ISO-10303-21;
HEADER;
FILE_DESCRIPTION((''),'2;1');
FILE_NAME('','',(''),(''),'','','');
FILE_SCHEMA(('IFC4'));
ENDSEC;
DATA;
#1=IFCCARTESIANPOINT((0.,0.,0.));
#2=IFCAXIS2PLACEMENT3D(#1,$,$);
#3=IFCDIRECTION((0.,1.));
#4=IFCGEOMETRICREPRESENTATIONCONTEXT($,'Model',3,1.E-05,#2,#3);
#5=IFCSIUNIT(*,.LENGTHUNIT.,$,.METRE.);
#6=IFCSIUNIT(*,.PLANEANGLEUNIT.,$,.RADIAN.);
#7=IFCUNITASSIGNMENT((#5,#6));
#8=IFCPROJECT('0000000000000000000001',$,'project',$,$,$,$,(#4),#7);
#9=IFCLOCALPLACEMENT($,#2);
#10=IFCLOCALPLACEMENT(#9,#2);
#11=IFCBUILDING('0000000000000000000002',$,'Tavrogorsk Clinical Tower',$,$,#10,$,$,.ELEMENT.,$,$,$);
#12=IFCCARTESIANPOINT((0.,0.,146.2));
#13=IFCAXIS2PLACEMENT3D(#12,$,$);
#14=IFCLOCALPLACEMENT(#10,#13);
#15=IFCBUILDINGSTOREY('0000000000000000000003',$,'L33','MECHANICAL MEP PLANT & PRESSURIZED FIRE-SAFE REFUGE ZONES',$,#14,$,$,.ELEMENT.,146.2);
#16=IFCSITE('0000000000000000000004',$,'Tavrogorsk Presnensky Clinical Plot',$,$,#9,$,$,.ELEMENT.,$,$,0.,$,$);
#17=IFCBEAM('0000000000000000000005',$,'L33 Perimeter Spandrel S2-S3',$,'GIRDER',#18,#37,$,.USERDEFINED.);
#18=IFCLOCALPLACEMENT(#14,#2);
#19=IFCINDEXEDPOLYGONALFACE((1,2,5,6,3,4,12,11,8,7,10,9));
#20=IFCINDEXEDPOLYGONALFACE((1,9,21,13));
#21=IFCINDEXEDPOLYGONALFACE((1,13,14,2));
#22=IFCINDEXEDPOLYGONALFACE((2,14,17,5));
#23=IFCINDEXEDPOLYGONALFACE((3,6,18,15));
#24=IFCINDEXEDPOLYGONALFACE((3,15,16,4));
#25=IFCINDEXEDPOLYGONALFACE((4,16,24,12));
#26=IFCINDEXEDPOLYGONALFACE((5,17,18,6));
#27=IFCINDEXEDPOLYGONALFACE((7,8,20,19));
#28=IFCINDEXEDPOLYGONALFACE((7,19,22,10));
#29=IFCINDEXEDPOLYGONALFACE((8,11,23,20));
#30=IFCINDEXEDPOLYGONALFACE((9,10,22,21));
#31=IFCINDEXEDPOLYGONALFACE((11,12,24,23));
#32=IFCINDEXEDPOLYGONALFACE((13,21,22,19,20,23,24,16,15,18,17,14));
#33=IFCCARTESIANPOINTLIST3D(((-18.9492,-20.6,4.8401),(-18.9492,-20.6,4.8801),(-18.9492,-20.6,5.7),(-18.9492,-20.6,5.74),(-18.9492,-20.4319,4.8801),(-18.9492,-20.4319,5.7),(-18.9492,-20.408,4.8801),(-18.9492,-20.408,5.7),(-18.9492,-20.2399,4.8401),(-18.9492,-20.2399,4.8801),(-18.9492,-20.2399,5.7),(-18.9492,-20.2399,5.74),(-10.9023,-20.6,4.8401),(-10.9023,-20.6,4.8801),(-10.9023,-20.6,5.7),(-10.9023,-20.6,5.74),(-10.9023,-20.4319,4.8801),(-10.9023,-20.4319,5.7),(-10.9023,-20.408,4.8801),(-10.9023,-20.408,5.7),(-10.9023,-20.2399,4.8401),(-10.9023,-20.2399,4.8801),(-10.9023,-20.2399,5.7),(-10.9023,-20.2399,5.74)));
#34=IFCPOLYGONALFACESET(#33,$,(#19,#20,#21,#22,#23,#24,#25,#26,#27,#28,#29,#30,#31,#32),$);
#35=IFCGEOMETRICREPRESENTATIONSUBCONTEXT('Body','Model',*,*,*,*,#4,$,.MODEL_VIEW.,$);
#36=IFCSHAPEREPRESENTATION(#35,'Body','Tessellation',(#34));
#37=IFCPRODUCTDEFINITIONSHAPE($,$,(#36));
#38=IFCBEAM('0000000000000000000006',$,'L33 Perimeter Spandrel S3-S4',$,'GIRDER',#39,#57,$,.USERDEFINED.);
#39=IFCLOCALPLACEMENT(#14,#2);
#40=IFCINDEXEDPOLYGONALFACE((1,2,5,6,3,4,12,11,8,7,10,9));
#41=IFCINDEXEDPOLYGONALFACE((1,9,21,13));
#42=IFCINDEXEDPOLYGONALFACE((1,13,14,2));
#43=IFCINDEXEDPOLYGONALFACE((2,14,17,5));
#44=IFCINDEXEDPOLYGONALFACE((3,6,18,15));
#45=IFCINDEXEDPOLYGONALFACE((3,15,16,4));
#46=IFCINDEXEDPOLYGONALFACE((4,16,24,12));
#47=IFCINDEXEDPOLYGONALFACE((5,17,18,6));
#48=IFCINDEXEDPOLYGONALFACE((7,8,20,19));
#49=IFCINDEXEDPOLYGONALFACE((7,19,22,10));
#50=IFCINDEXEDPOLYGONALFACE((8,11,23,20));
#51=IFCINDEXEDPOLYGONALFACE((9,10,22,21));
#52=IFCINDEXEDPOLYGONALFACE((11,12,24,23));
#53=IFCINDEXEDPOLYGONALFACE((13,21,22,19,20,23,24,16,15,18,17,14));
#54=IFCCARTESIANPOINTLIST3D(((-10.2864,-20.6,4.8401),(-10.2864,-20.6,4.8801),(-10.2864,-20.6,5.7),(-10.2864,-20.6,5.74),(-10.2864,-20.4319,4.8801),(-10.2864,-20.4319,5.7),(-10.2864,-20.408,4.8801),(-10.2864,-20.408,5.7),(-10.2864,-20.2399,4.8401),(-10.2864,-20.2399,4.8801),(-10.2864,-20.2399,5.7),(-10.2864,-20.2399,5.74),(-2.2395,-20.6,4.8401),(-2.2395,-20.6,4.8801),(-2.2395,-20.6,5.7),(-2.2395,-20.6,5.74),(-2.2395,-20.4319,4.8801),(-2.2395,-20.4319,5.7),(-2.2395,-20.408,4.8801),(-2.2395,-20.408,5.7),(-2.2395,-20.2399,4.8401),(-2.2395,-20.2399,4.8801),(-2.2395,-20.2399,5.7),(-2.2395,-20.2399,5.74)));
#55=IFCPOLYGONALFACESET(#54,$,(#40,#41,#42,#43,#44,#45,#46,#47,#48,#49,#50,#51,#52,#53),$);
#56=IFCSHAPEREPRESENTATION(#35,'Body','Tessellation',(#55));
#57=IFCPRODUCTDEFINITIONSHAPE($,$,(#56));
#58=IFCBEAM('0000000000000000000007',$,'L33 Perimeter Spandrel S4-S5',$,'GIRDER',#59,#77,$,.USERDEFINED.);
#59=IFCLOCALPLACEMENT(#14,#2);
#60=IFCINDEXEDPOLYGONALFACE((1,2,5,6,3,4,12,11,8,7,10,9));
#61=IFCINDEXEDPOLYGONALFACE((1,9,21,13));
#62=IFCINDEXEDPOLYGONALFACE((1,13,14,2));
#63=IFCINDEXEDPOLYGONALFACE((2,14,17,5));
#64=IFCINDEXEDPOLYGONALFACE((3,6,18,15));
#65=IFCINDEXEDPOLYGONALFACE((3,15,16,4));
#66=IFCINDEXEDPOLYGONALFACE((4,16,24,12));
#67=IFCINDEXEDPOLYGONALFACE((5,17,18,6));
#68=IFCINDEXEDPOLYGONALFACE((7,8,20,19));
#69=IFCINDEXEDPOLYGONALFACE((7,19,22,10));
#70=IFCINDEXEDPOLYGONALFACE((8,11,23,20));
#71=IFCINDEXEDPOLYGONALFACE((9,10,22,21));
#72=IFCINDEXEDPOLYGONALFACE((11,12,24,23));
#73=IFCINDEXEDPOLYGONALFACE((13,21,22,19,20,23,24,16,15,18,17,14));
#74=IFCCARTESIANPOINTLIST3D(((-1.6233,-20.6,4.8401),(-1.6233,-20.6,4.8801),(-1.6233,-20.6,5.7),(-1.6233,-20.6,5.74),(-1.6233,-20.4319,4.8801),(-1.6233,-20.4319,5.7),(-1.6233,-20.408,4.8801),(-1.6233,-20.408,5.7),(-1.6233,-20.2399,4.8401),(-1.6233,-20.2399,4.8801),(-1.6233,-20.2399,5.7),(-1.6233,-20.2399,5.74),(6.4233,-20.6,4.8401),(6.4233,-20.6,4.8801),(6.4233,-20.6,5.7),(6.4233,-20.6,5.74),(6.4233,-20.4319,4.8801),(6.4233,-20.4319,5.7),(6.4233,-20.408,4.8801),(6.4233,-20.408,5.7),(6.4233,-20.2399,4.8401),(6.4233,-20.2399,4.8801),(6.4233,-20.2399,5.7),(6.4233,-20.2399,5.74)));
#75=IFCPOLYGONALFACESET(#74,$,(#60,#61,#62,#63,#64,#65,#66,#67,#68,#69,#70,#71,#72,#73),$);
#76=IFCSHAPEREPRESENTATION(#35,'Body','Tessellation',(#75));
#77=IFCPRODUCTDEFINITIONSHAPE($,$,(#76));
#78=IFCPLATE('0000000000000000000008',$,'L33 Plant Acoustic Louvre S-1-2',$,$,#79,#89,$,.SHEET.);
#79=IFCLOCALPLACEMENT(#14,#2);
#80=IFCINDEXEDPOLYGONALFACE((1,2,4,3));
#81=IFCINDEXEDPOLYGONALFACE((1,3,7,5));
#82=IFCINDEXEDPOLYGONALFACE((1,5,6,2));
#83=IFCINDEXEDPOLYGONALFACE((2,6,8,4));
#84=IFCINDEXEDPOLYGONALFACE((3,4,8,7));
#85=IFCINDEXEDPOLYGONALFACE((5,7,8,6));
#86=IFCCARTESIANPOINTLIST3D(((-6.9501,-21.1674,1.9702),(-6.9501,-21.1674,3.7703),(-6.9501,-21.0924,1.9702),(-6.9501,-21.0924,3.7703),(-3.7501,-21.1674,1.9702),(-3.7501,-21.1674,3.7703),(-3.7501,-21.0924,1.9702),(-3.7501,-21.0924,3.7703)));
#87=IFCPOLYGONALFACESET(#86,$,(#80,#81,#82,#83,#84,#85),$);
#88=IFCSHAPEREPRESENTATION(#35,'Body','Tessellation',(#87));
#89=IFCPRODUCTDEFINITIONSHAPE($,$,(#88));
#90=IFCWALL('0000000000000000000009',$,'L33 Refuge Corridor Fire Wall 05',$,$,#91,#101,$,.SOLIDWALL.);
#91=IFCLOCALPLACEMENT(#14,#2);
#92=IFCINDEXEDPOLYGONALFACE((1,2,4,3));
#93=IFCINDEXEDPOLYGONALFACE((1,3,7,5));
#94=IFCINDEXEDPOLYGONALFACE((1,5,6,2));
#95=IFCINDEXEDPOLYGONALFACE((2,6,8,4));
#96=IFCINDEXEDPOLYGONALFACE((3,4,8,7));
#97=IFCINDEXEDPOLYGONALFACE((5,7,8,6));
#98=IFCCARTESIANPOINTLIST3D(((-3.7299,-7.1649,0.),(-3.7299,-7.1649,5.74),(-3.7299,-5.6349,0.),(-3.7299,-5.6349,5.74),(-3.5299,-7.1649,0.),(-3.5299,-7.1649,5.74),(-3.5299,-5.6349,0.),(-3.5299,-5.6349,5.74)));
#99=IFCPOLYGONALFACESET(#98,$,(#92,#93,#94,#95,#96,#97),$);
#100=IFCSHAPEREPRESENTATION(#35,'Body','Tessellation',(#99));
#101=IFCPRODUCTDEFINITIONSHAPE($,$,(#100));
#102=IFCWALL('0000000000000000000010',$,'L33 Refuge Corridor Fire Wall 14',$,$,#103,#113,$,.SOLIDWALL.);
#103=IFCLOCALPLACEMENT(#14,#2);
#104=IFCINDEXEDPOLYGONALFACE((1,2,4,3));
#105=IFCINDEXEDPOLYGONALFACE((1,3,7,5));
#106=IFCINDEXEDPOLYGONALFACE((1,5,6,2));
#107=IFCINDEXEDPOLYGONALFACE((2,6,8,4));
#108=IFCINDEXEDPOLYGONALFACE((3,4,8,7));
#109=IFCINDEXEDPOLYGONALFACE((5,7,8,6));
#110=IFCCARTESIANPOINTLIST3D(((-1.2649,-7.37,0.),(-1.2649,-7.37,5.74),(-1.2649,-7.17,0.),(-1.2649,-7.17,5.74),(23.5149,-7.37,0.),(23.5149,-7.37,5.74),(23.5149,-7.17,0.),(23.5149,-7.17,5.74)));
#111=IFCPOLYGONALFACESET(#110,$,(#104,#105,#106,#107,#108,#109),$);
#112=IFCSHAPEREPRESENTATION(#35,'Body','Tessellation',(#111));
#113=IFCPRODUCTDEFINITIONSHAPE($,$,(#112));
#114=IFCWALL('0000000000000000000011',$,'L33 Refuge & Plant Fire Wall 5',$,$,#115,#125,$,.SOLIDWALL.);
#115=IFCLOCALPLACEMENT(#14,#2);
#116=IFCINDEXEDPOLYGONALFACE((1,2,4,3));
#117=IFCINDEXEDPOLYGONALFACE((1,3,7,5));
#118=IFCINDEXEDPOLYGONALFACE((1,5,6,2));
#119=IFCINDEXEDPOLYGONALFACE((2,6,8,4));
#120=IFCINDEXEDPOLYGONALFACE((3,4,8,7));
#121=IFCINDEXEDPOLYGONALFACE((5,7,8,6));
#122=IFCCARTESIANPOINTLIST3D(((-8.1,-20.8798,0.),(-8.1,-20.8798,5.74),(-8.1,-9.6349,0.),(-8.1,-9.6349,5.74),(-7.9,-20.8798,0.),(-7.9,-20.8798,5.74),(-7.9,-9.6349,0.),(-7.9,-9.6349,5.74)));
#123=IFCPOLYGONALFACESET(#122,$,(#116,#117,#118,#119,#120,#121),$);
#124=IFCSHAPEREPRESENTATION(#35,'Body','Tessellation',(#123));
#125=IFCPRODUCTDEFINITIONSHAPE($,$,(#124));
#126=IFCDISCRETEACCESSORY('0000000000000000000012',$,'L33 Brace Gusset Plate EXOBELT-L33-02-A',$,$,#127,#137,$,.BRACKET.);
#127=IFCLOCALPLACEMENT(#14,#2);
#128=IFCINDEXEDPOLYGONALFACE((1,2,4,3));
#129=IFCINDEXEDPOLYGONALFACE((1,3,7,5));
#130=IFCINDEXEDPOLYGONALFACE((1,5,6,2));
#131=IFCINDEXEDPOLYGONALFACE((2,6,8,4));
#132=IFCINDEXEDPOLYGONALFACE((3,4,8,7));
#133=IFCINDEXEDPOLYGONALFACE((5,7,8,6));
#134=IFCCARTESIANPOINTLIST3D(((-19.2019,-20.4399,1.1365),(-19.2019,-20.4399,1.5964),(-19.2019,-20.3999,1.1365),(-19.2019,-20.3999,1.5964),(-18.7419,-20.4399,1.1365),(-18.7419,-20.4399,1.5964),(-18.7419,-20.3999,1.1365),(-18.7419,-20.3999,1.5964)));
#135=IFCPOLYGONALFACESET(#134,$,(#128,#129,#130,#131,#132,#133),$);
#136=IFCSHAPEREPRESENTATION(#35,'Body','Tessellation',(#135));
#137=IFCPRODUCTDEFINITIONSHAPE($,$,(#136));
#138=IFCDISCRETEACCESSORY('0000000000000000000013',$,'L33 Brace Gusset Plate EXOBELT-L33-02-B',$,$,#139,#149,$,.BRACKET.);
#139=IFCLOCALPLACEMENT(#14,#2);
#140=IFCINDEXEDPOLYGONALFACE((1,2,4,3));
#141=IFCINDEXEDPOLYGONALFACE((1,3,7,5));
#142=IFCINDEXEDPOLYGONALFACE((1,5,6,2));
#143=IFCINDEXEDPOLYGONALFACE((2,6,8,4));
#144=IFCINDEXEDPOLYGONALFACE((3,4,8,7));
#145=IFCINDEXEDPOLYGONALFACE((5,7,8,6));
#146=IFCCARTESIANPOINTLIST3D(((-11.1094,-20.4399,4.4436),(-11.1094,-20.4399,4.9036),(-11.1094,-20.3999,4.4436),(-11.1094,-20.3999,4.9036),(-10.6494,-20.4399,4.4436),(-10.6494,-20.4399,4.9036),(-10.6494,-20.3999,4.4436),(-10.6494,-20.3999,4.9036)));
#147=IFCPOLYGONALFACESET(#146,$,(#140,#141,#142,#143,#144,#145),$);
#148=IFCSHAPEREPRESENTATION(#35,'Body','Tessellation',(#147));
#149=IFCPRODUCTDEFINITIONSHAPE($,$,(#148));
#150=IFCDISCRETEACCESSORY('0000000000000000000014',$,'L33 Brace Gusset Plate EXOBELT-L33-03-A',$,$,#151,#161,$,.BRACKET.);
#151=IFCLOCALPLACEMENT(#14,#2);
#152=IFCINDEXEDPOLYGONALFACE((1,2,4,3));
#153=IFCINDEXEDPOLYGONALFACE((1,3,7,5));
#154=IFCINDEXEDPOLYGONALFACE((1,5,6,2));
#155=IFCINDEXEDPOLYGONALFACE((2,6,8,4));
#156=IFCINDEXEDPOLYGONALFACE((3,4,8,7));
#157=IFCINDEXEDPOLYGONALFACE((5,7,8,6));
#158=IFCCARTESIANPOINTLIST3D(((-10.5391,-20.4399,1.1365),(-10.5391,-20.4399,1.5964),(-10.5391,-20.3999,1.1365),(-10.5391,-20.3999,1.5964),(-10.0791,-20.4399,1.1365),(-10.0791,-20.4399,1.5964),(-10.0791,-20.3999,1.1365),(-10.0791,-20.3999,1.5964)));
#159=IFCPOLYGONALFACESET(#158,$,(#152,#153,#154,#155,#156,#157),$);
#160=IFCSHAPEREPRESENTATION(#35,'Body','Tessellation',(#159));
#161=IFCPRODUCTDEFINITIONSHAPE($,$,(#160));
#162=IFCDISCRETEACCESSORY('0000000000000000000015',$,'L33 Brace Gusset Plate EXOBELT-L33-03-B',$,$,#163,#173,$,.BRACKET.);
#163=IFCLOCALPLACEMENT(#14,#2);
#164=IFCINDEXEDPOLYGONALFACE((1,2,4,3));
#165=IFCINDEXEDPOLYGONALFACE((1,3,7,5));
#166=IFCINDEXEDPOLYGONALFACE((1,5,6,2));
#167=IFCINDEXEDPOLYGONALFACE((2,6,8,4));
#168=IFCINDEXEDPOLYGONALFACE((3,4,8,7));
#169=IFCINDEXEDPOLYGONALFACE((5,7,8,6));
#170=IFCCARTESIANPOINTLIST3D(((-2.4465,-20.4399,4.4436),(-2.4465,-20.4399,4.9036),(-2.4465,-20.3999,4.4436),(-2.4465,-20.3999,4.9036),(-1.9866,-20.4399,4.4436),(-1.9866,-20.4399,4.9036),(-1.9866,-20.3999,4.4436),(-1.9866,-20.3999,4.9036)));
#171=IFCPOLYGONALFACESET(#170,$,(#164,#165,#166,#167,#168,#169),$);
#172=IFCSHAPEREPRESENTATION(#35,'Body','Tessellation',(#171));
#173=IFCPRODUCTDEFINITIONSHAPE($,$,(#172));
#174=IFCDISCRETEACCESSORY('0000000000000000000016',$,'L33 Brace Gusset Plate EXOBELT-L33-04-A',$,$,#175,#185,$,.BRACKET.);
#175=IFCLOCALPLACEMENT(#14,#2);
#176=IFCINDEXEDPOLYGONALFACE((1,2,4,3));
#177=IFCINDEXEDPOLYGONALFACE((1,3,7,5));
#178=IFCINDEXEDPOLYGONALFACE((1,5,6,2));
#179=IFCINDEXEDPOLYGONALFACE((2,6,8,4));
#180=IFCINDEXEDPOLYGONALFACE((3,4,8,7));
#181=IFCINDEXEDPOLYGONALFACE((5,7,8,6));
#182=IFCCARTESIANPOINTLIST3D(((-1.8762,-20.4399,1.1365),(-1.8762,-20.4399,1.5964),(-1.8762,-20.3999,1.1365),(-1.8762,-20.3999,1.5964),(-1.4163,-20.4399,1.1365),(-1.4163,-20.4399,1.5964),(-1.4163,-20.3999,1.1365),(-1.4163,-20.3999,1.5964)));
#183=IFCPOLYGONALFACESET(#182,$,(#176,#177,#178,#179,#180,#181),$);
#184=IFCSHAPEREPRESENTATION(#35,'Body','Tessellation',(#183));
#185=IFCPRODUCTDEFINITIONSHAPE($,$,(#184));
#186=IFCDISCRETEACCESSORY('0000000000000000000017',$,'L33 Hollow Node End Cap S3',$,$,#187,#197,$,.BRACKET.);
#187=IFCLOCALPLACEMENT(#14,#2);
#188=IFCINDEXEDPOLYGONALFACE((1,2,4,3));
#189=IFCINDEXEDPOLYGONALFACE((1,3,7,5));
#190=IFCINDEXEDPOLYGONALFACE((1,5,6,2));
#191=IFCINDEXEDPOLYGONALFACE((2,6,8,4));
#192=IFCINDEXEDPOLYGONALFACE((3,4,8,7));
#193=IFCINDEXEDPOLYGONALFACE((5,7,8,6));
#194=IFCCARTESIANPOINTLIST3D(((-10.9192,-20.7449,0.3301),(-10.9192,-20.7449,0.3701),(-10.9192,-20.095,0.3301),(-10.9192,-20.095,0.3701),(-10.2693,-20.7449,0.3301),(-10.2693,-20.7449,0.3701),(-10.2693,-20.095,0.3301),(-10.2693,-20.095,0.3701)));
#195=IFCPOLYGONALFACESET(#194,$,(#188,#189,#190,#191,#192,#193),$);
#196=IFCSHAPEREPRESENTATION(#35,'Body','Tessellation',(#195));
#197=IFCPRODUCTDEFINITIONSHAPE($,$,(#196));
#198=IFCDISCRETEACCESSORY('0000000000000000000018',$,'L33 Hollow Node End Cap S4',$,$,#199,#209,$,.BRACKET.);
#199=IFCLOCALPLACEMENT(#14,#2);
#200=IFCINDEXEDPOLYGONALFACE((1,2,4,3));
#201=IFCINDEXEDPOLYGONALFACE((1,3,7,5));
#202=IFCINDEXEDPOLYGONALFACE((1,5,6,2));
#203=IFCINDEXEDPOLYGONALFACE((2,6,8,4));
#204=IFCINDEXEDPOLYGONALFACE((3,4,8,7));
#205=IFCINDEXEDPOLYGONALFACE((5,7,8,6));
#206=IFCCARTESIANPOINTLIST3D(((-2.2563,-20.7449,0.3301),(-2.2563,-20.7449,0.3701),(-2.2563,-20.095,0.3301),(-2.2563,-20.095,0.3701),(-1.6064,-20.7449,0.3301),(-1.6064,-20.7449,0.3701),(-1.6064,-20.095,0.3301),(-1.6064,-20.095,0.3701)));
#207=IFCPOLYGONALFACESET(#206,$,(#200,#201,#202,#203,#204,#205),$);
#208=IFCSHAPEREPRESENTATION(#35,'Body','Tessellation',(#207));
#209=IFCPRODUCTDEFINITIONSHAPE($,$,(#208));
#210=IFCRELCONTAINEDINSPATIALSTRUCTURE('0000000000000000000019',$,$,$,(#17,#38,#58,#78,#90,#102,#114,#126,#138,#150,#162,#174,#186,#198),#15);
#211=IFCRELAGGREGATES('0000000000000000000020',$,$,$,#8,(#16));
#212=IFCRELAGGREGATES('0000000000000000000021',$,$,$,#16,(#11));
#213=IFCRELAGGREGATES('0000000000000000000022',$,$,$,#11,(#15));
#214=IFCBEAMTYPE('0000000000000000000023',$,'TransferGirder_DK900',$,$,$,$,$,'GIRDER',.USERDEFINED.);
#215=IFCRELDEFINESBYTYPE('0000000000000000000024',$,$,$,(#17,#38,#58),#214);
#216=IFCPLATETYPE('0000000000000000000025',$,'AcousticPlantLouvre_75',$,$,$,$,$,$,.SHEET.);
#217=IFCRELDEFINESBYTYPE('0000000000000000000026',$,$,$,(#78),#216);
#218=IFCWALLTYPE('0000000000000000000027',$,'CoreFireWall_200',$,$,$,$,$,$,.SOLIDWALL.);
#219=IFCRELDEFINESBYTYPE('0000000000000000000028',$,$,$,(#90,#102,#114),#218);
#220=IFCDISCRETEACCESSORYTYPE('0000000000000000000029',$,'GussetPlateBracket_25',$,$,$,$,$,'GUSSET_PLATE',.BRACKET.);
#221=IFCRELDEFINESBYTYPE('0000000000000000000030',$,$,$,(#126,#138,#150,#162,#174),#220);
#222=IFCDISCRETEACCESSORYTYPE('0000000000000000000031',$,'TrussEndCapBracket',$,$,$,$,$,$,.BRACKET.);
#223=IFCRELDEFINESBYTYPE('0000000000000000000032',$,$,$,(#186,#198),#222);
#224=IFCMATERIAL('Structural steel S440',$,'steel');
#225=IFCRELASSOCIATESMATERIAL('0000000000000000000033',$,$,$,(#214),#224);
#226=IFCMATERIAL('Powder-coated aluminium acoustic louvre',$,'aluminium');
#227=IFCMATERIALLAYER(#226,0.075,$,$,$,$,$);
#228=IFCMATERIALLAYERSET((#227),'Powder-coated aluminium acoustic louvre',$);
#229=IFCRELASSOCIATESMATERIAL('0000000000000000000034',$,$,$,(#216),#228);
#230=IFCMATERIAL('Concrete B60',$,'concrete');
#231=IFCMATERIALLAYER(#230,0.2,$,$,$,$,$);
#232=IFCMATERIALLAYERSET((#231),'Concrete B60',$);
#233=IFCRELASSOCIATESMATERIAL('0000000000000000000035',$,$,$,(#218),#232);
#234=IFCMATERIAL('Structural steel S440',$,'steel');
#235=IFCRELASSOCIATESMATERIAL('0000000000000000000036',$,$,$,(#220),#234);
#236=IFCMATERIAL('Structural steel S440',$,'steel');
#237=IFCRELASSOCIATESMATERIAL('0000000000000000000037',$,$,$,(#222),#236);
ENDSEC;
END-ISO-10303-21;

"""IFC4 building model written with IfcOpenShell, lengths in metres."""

from ifc_helpers import new_model, si_unit, direction, frame, frame_2d, origin, origin_2d, place, context, subcontext, project, spatial, rectangle, i_section, extrude, material, layer, layer_set, material_profile, profile_set, type_object, element, save


model = new_model("IFC4")

# Units and contexts
model_context = context("Model", 3, precision=1e-05, world=origin(), true_north=direction((0.0, 1.0)))
body_context = subcontext(model_context, "Body", "Model", "MODEL_VIEW")
ifc_project = project(units=[si_unit("LENGTHUNIT", "METRE"), si_unit("PLANEANGLEUNIT", "RADIAN")], contexts=[model_context])

# Site, building, storey
site_placement = place(None, origin())
site = spatial("IfcSite", under=ifc_project, at=site_placement, Name="Tavrogorsk Presnensky Clinical Plot", CompositionType="ELEMENT", RefElevation=0.0)
building_placement = place(site_placement, origin())
building = spatial("IfcBuilding", under=site, at=building_placement, Name="Tavrogorsk Clinical Tower", CompositionType="ELEMENT")
storey_placement = place(building_placement, frame((0.0, 0.0, 146.2)))
storey = spatial("IfcBuildingStorey", under=building, at=storey_placement, Name="L33", Description="MECHANICAL MEP PLANT & PRESSURIZED FIRE-SAFE REFUGE ZONES", CompositionType="ELEMENT", Elevation=146.2)

# Beams
ifc_material_1 = material(Name="Structural steel S440", Category="steel")
ifc_material_profile_1 = material_profile(ifc_material_1, i_section(OverallWidth=0.3601, OverallDepth=0.8999, WebThickness=0.0239, FlangeThickness=0.04, at=origin_2d()), Name="DK-900x360x24x40")
ifc_profile_set_1 = profile_set([ifc_material_profile_1], Name="Structural steel S440")
beam_type_1 = type_object("IfcBeamType", Name="TransferGirder_DK900", ElementType="GIRDER", PredefinedType="USERDEFINED", material=ifc_profile_set_1)
for number, where, z_axis, x_axis, name in (
    (1, (-18.9492, -20.4199, 5.29), (1.0, 0.0, 0.0), (0.0, 1.0, 0.0), "L33 Perimeter Spandrel S2-S3"),
    (2, (-10.2864, -20.4199, 5.29), (1.0, 0.0, 0.0), (0.0, 1.0, 0.0), "L33 Perimeter Spandrel S3-S4"),
):
    element("IfcBeam", number, at=place(storey_placement, frame(where, z_axis=z_axis, x_axis=x_axis)), inside=storey, type_object=beam_type_1, Name=name, ObjectType="GIRDER", PredefinedType="USERDEFINED", context=body_context, shape_type="SweptSolid", body=[
        extrude(i_section(OverallWidth=0.3601, OverallDepth=0.8999, WebThickness=0.0239, FlangeThickness=0.04, at=origin_2d()), origin(), (0.0, 0.0, 1.0), 8.0469),
    ])
beam_1_placement = place(storey_placement, frame((-1.6233, -20.4199, 5.29), z_axis=(1.0, 0.0, 0.0), x_axis=(0.0, 1.0, 0.0)))
element("IfcBeam", 3, at=beam_1_placement, inside=storey, type_object=beam_type_1, Name="L33 Perimeter Spandrel S4-S5", ObjectType="GIRDER", PredefinedType="USERDEFINED", context=body_context, shape_type="SweptSolid", body=[
    extrude(i_section(OverallWidth=0.3601, OverallDepth=0.8999, WebThickness=0.0239, FlangeThickness=0.04, at=origin_2d()), origin(), (0.0, 0.0, 1.0), 8.0466),
])

# Plate
ifc_material_2 = material(Name="Powder-coated aluminium acoustic louvre", Category="aluminium")
ifc_layer_1 = layer(ifc_material_2, 0.075)
ifc_layer_set_1 = layer_set([ifc_layer_1], Name="Powder-coated aluminium acoustic louvre")
plate_type = type_object("IfcPlateType", Name="AcousticPlantLouvre_75", PredefinedType="SHEET", material=ifc_layer_set_1)
plate_placement = place(storey_placement, frame((-5.3501, -21.1299, 1.9702), z_axis=(0.0, 0.0, 1.0), x_axis=(1.0, 0.0, 0.0)))
element("IfcPlate", 4, at=plate_placement, inside=storey, type_object=plate_type, Name="L33 Plant Acoustic Louvre S-1-2", PredefinedType="SHEET", context=body_context, shape_type="SweptSolid", body=[
    extrude(rectangle(XDim=3.2, YDim=0.075, at=origin_2d()), origin(), (0.0, 0.0, 1.0), 1.8),
])

# Walls
ifc_material_3 = material(Name="Concrete B60", Category="concrete")
ifc_layer_2 = layer(ifc_material_3, 0.2)
ifc_layer_set_2 = layer_set([ifc_layer_2], Name="Concrete B60")
wall_type = type_object("IfcWallType", Name="CoreFireWall_200", PredefinedType="SOLIDWALL", material=ifc_layer_set_2)
wall_1_placement = place(storey_placement, frame((-3.6299, -7.165, 0.0), z_axis=(0.0, 0.0, 1.0), x_axis=(0.0, 1.0, 0.0)))
element("IfcWall", 5, at=wall_1_placement, inside=storey, type_object=wall_type, Name="L33 Refuge Corridor Fire Wall 05", PredefinedType="SOLIDWALL", context=body_context, shape_type="SweptSolid", body=[
    extrude(rectangle(XDim=1.53, YDim=0.2, at=frame_2d((0.7651, 0.0))), origin(), (0.0, 0.0, 1.0), 5.74),
])
wall_2_placement = place(storey_placement, frame((-1.2649, -7.27, 0.0), z_axis=(0.0, 0.0, 1.0), x_axis=(1.0, 0.0, 0.0)))
element("IfcWall", 6, at=wall_2_placement, inside=storey, type_object=wall_type, Name="L33 Refuge Corridor Fire Wall 14", PredefinedType="SOLIDWALL", context=body_context, shape_type="SweptSolid", body=[
    extrude(rectangle(XDim=24.7798, YDim=0.2, at=frame_2d((12.3899, 0.0))), origin(), (0.0, 0.0, 1.0), 5.74),
])
wall_3_placement = place(storey_placement, frame((-8.0, -20.8799, 0.0), z_axis=(0.0, 0.0, 1.0), x_axis=(0.0, 1.0, 0.0)))
element("IfcWall", 7, at=wall_3_placement, inside=storey, type_object=wall_type, Name="L33 Refuge & Plant Fire Wall 5", PredefinedType="SOLIDWALL", context=body_context, shape_type="SweptSolid", body=[
    extrude(rectangle(XDim=11.2449, YDim=0.2, at=frame_2d((5.6226, 0.0))), origin(), (0.0, 0.0, 1.0), 5.74),
])

# Discrete accessories
ifc_material_4 = material(Name="Structural steel S440", Category="steel")
discrete_accessory_type_1 = type_object("IfcDiscreteAccessoryType", Name="GussetPlateBracket_25", ElementType="GUSSET_PLATE", PredefinedType="BRACKET", material=ifc_material_4)
for number, where, z_axis, x_axis, name in (
    (8, (-18.9719, -20.4199, 1.1365), (0.0, 0.0, 1.0), (1.0, 0.0, 0.0), "L33 Brace Gusset Plate EXOBELT-L33-02-A"),
    (9, (-10.8794, -20.4199, 4.4436), (0.0, 0.0, 1.0), (1.0, 0.0, 0.0), "L33 Brace Gusset Plate EXOBELT-L33-02-B"),
    (10, (-10.3091, -20.4199, 1.1365), (0.0, 0.0, 1.0), (1.0, 0.0, 0.0), "L33 Brace Gusset Plate EXOBELT-L33-03-A"),
    (11, (-2.2166, -20.4199, 4.4436), (0.0, 0.0, 1.0), (1.0, 0.0, 0.0), "L33 Brace Gusset Plate EXOBELT-L33-03-B"),
    (12, (-1.6462, -20.4199, 1.1365), (0.0, 0.0, 1.0), (1.0, 0.0, 0.0), "L33 Brace Gusset Plate EXOBELT-L33-04-A"),
):
    element("IfcDiscreteAccessory", number, at=place(storey_placement, frame(where, z_axis=z_axis, x_axis=x_axis)), inside=storey, type_object=discrete_accessory_type_1, Name=name, PredefinedType="BRACKET", context=body_context, shape_type="SweptSolid", body=[
        extrude(rectangle(XDim=0.46, YDim=0.04, at=origin_2d()), origin(), (0.0, 0.0, 1.0), 0.46),
    ])
ifc_material_5 = material(Name="Structural steel S440", Category="steel")
discrete_accessory_type_2 = type_object("IfcDiscreteAccessoryType", Name="TrussEndCapBracket", PredefinedType="BRACKET", material=ifc_material_5)
for number, where, z_axis, x_axis, name in (
    (13, (-10.5942, -20.4199, 0.3301), (0.0, 0.0, 1.0), (1.0, 0.0, 0.0), "L33 Hollow Node End Cap S3"),
    (14, (-1.9314, -20.4199, 0.3301), (0.0, 0.0, 1.0), (1.0, 0.0, 0.0), "L33 Hollow Node End Cap S4"),
):
    element("IfcDiscreteAccessory", number, at=place(storey_placement, frame(where, z_axis=z_axis, x_axis=x_axis)), inside=storey, type_object=discrete_accessory_type_2, Name=name, PredefinedType="BRACKET", context=body_context, shape_type="SweptSolid", body=[
        extrude(rectangle(XDim=0.6499, YDim=0.6499, at=origin_2d()), origin(), (0.0, 0.0, 1.0), 0.04),
    ])

save(model, "model.ifc")
